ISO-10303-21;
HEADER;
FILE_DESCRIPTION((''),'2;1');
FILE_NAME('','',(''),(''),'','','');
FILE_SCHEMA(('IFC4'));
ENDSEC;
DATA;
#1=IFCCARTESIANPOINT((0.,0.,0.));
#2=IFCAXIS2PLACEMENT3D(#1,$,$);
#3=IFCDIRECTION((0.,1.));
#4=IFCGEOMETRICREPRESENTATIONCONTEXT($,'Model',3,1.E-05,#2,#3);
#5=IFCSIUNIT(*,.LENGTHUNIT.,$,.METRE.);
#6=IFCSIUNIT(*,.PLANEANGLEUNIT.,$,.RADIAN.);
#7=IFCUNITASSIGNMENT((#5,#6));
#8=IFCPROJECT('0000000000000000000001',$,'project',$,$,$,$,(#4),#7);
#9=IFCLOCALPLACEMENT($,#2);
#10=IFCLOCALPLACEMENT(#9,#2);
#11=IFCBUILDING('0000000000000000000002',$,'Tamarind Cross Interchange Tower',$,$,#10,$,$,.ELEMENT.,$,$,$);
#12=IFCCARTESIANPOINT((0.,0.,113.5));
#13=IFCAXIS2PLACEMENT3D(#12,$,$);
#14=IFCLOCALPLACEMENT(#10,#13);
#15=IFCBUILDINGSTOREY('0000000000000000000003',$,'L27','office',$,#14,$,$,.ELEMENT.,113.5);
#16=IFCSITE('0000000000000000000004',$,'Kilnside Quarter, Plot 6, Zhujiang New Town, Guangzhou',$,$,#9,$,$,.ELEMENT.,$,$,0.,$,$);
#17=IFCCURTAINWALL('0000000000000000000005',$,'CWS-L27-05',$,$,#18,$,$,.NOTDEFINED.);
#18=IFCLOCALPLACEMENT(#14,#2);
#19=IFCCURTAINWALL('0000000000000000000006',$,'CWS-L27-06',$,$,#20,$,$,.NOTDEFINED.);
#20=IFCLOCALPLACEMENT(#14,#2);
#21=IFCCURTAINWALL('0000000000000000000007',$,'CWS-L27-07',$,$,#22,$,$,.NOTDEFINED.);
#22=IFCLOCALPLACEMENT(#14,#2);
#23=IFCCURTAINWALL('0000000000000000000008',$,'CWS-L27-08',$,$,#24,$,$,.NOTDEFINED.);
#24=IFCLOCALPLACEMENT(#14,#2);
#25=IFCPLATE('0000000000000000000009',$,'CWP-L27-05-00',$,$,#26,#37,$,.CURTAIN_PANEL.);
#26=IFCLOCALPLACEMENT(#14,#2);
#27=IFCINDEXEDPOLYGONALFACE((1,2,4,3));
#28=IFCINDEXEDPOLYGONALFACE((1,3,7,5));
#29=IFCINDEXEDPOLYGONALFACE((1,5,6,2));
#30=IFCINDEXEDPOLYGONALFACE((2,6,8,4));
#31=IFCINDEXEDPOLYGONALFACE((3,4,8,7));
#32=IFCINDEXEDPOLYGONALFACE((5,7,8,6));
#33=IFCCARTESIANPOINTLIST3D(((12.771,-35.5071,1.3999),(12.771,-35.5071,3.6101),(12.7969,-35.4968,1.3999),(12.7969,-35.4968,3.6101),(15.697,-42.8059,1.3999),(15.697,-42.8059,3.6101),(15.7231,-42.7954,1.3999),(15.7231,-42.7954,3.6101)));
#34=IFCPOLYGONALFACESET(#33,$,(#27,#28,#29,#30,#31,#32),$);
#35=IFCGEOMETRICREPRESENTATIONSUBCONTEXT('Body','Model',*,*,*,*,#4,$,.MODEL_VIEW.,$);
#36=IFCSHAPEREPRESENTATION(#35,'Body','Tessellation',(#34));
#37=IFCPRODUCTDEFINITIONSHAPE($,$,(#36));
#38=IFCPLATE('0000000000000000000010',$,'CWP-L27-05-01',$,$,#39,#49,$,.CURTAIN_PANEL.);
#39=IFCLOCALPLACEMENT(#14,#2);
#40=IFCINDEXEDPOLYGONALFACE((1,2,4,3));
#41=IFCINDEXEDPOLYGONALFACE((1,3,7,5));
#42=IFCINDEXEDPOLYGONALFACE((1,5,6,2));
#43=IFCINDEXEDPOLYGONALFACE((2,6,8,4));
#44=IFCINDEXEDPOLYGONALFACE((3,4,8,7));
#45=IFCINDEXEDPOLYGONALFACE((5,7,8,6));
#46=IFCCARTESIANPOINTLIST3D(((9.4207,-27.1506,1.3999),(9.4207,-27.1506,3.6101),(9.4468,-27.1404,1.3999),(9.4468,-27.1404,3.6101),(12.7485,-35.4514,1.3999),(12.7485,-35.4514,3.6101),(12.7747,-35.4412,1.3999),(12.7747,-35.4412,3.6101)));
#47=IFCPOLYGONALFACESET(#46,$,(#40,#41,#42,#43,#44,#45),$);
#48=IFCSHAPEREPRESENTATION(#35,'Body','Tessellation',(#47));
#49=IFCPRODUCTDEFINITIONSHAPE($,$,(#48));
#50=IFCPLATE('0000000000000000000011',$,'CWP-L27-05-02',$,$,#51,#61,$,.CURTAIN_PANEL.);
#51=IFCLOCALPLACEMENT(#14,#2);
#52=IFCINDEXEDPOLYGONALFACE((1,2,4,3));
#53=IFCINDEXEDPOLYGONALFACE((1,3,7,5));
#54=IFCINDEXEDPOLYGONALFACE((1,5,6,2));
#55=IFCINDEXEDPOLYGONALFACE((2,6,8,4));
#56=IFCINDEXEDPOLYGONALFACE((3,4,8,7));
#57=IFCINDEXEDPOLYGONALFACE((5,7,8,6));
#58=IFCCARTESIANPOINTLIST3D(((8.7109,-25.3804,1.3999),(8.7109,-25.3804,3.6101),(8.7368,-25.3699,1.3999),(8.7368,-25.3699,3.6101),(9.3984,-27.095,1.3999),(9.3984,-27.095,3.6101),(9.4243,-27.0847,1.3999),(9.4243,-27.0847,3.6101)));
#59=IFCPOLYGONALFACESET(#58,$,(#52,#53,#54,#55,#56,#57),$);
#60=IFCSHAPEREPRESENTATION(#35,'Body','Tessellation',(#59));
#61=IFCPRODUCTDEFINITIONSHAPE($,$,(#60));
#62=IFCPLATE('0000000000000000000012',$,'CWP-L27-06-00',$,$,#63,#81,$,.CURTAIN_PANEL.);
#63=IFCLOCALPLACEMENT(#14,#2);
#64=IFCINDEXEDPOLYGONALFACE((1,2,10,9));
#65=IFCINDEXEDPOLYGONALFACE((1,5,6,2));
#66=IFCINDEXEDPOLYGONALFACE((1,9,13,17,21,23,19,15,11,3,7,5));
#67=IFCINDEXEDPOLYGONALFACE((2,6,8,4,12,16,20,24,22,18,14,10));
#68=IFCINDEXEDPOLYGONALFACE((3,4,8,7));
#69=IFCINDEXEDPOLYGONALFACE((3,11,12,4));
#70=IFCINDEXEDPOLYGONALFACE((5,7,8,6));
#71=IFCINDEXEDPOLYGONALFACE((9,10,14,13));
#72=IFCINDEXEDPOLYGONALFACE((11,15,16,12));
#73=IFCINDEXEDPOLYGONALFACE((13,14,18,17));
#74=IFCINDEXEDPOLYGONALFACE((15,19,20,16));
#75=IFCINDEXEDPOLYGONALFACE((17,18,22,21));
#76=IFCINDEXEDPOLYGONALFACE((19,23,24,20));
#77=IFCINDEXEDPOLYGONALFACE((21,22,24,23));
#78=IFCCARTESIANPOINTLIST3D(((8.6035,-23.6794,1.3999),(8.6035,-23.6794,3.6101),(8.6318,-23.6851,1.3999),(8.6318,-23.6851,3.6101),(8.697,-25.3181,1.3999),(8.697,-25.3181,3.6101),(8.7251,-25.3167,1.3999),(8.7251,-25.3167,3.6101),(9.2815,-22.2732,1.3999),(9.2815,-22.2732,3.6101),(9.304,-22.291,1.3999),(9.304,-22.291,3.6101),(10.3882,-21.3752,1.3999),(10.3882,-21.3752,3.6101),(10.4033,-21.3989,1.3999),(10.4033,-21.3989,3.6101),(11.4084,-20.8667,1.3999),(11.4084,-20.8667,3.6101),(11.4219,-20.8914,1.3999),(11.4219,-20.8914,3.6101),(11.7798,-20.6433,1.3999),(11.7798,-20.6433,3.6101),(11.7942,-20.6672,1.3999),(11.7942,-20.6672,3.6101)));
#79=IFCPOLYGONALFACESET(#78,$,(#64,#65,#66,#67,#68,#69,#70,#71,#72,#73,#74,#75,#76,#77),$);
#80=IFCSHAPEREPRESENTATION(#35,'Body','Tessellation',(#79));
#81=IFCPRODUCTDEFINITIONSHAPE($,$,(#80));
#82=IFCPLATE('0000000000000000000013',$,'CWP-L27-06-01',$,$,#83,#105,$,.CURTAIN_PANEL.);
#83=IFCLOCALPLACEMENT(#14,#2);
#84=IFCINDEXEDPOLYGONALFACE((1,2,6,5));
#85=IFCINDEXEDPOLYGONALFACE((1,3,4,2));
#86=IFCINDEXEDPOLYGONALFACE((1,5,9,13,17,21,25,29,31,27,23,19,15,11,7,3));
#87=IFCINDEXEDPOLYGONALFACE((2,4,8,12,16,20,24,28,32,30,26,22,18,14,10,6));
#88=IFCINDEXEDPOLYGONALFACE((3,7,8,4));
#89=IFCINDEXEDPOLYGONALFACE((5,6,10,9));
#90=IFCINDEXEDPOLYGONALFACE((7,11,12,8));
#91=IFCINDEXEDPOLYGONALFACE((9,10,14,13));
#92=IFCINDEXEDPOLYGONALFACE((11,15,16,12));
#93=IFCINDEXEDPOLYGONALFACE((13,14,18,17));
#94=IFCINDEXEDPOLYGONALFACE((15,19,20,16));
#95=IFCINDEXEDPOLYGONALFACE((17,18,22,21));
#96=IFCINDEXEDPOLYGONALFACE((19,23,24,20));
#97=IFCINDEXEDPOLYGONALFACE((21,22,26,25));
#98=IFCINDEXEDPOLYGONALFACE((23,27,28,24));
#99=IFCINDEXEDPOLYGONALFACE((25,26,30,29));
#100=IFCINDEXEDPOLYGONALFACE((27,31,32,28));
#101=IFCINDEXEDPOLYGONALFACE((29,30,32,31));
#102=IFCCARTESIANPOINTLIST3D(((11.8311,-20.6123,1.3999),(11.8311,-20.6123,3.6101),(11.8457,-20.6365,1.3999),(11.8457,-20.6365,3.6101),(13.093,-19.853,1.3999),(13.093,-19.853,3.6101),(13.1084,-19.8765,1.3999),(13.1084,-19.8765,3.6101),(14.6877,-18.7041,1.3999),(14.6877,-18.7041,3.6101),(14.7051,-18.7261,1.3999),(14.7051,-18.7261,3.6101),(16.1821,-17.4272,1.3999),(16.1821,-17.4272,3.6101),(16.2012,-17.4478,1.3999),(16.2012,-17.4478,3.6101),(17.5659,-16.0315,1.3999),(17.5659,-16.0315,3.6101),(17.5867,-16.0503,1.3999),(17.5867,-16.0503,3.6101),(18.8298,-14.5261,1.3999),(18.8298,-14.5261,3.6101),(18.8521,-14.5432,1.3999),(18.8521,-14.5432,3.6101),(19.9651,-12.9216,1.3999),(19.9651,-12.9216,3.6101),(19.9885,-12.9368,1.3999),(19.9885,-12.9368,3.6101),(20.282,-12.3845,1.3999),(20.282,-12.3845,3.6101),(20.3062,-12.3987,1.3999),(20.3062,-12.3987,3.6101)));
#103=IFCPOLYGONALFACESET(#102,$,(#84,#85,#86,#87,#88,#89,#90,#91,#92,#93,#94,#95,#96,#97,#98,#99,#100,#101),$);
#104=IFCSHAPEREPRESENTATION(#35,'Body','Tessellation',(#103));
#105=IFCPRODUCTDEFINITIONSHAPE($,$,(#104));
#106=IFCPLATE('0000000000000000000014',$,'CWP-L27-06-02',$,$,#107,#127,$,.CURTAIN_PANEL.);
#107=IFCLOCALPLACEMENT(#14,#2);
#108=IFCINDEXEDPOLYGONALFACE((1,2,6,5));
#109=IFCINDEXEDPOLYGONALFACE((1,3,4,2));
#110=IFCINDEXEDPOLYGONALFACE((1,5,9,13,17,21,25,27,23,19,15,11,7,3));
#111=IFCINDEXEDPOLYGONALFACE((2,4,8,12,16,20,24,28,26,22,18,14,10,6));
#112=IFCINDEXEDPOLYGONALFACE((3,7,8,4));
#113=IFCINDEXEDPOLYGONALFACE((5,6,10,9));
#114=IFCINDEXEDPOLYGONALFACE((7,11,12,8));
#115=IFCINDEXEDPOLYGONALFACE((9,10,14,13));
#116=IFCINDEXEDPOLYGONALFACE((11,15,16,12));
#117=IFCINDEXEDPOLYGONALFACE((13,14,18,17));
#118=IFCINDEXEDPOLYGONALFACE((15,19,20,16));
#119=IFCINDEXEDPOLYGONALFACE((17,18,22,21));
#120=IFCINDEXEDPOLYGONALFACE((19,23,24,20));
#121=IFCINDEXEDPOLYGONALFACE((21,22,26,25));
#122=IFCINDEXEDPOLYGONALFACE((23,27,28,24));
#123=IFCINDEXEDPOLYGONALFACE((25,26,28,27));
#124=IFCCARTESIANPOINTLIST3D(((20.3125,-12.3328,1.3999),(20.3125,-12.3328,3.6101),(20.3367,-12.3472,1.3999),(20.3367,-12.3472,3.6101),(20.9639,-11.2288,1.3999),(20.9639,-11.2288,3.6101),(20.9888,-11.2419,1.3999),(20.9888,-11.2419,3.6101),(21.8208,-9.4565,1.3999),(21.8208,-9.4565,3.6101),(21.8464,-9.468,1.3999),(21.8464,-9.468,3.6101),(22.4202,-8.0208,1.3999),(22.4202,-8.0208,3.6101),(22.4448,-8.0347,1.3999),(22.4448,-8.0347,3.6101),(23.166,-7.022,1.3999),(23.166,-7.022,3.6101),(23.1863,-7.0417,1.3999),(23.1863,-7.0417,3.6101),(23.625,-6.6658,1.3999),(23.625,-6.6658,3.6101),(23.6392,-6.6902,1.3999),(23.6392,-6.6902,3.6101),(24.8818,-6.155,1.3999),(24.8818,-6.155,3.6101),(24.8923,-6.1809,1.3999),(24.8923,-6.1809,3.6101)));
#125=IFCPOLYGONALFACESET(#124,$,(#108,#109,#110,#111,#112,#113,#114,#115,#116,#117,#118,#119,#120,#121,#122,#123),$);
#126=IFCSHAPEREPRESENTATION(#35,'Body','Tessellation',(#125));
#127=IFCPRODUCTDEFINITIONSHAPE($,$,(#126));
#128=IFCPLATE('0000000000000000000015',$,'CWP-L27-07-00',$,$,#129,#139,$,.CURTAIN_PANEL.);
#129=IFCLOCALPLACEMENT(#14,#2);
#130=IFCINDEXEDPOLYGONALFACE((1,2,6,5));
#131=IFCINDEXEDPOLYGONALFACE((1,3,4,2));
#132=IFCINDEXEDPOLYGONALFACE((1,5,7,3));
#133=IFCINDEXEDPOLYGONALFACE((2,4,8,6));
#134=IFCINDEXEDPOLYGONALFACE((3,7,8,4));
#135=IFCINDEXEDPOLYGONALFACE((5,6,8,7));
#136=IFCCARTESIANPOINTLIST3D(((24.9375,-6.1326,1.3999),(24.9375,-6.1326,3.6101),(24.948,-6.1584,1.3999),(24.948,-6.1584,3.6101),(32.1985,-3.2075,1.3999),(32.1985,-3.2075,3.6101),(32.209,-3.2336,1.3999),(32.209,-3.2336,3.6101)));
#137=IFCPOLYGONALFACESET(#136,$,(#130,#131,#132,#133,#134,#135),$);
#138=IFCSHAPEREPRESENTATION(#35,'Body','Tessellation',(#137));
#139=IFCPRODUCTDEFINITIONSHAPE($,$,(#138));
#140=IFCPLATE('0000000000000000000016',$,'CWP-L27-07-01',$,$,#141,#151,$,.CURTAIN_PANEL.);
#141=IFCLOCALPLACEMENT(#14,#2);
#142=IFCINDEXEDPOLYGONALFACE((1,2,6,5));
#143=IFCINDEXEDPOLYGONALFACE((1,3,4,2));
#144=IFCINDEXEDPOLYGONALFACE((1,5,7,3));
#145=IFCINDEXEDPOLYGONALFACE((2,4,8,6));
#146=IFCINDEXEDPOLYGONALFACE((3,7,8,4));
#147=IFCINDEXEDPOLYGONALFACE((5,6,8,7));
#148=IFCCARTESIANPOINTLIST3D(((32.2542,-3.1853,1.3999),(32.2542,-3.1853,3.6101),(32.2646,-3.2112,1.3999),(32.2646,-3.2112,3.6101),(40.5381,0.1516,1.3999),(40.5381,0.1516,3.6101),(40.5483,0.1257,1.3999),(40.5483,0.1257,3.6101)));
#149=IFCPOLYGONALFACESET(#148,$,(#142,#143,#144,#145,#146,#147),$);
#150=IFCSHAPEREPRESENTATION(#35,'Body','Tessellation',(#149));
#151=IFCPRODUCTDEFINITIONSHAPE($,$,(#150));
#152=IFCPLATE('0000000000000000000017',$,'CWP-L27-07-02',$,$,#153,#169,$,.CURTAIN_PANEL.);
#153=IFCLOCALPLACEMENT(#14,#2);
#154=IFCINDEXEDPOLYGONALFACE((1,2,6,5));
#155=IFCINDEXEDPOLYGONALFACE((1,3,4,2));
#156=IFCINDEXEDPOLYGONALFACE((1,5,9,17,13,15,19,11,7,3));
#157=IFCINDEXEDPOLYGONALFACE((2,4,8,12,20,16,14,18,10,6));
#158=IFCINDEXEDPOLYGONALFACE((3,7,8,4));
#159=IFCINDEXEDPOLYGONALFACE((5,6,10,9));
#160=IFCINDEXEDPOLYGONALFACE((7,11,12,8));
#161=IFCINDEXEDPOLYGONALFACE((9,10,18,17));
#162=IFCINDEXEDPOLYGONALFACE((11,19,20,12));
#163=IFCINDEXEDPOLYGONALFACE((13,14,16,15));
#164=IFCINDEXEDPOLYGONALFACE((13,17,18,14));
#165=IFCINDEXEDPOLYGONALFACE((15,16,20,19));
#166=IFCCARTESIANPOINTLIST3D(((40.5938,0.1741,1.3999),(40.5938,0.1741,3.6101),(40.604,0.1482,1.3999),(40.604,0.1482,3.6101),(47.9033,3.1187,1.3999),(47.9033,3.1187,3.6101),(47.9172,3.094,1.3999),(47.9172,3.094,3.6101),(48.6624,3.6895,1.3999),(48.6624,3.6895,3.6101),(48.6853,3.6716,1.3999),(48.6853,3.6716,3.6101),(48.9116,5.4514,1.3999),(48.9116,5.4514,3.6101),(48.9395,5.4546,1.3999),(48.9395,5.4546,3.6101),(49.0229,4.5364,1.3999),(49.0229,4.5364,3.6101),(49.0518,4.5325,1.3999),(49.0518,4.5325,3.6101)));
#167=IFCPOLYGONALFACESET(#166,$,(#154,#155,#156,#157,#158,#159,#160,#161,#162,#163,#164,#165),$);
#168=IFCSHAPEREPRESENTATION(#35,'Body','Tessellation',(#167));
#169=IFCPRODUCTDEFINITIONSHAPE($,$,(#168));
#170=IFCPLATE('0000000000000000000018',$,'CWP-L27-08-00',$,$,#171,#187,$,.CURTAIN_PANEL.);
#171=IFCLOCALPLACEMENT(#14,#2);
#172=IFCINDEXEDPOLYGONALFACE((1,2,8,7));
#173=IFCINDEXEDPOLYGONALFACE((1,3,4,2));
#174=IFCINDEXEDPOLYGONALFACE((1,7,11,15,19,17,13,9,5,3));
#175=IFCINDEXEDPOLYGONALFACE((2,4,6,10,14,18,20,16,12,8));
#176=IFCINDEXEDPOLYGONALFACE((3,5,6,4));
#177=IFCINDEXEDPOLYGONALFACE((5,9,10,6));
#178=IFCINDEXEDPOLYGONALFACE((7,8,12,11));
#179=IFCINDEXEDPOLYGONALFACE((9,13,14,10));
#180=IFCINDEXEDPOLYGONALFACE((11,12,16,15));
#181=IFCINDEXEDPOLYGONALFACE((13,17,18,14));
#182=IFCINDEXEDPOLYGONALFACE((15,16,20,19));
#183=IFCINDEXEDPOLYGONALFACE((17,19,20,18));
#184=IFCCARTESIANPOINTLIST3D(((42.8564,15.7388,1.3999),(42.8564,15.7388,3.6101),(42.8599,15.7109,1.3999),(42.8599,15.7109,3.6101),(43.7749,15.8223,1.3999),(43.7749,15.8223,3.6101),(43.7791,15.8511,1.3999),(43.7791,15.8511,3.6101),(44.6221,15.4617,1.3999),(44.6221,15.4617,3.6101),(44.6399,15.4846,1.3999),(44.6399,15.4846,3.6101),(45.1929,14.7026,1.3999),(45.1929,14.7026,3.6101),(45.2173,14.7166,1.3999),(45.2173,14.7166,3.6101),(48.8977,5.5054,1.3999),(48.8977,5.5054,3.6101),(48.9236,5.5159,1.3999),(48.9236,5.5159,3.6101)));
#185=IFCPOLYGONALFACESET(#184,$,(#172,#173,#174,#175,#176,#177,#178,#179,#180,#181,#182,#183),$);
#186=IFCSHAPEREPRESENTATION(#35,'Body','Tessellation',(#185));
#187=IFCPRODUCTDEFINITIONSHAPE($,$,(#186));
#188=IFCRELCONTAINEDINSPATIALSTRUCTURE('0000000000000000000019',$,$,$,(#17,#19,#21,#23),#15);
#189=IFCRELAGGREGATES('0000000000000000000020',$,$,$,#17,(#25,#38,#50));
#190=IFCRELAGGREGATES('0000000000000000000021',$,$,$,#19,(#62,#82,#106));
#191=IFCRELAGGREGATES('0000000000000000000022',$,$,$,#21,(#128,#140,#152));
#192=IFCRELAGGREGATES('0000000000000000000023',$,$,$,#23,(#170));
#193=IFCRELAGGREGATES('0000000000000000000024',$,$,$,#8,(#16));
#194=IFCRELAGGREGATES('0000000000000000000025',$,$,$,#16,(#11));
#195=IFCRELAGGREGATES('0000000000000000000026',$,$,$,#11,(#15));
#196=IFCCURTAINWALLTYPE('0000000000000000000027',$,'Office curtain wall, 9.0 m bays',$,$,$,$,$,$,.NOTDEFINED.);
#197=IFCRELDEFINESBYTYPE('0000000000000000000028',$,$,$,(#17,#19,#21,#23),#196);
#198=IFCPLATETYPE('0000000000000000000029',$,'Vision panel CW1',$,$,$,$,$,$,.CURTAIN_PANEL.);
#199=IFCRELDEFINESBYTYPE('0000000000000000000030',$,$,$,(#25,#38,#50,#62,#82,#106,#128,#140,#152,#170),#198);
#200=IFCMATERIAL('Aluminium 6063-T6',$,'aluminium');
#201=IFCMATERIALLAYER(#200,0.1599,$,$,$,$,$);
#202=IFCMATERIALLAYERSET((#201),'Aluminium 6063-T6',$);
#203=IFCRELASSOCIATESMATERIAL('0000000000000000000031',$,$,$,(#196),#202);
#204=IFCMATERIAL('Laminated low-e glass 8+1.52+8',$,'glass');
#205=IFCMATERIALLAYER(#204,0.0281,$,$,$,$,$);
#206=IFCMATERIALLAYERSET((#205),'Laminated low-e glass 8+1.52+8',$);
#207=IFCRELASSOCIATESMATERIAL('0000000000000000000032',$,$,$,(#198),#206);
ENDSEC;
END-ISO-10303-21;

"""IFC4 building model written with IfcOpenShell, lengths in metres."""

from ifc_helpers import new_model, si_unit, direction, frame, origin, place, context, subcontext, project, spatial, polyline, outline, extrude, material, layer, layer_set, type_object, element, aggregate, save


model = new_model("IFC4")

# Units and contexts
model_context = context("Model", 3, precision=1e-05, world=origin(), true_north=direction((0.0, 1.0)))
body_context = subcontext(model_context, "Body", "Model", "MODEL_VIEW")
ifc_project = project(units=[si_unit("LENGTHUNIT", "METRE"), si_unit("PLANEANGLEUNIT", "RADIAN")], contexts=[model_context])

# Site, building, storey
site_placement = place(None, origin())
site = spatial("IfcSite", under=ifc_project, at=site_placement, Name="Kilnside Quarter, Plot 6, Zhujiang New Town, Guangzhou", CompositionType="ELEMENT", RefElevation=0.0)
building_placement = place(site_placement, origin())
building = spatial("IfcBuilding", under=site, at=building_placement, Name="Tamarind Cross Interchange Tower", CompositionType="ELEMENT")
storey_placement = place(building_placement, frame((0.0, 0.0, 113.5)))
storey = spatial("IfcBuildingStorey", under=building, at=storey_placement, Name="L27", Description="office", CompositionType="ELEMENT", Elevation=113.5)

# Curtain walls
ifc_material_1 = material(Name="Aluminium 6063-T6", Category="aluminium")
ifc_layer_1 = layer(ifc_material_1, 0.1599)
ifc_layer_set_1 = layer_set([ifc_layer_1], Name="Aluminium 6063-T6")
curtain_wall_type = type_object("IfcCurtainWallType", Name="Office curtain wall, 9.0 m bays", PredefinedType="NOTDEFINED", material=ifc_layer_set_1)
curtain_wall_1_placement = place(storey_placement, origin())
curtain_wall_1 = element("IfcCurtainWall", 1, at=curtain_wall_1_placement, inside=storey, type_object=curtain_wall_type, Name="CWS-L27-05", PredefinedType="NOTDEFINED")
curtain_wall_2_placement = place(storey_placement, origin())
curtain_wall_2 = element("IfcCurtainWall", 2, at=curtain_wall_2_placement, inside=storey, type_object=curtain_wall_type, Name="CWS-L27-06", PredefinedType="NOTDEFINED")
curtain_wall_3_placement = place(storey_placement, origin())
curtain_wall_3 = element("IfcCurtainWall", 3, at=curtain_wall_3_placement, inside=storey, type_object=curtain_wall_type, Name="CWS-L27-07", PredefinedType="NOTDEFINED")
curtain_wall_4_placement = place(storey_placement, origin())
curtain_wall_4 = element("IfcCurtainWall", 4, at=curtain_wall_4_placement, inside=storey, type_object=curtain_wall_type, Name="CWS-L27-08", PredefinedType="NOTDEFINED")

# Plates
ifc_material_2 = material(Name="Laminated low-e glass 8+1.52+8", Category="glass")
ifc_layer_2 = layer(ifc_material_2, 0.0281)
ifc_layer_set_2 = layer_set([ifc_layer_2], Name="Laminated low-e glass 8+1.52+8")
plate_type = type_object("IfcPlateType", Name="Vision panel CW1", PredefinedType="CURTAIN_PANEL", material=ifc_layer_set_2)
plate_1_placement = place(storey_placement, frame((0.0, 0.0, 1.3999)))
plate_1 = element("IfcPlate", 5, at=plate_1_placement, type_object=plate_type, Name="CWP-L27-05-00", PredefinedType="CURTAIN_PANEL", context=body_context, shape_type="SweptSolid", body=[
    extrude(outline(polyline([(15.697, -42.8059), (12.771, -35.5071), (12.7969, -35.4968), (15.7231, -42.7954), (15.697, -42.8059)])), origin(), (0.0, 0.0, 1.0), 2.2102),
])
plate_2_placement = place(storey_placement, frame((0.0, 0.0, 1.3999)))
plate_2 = element("IfcPlate", 6, at=plate_2_placement, type_object=plate_type, Name="CWP-L27-05-01", PredefinedType="CURTAIN_PANEL", context=body_context, shape_type="SweptSolid", body=[
    extrude(outline(polyline([(12.7485, -35.4514), (9.4207, -27.1506), (9.4468, -27.1404), (12.7747, -35.4412), (12.7485, -35.4514)])), origin(), (0.0, 0.0, 1.0), 2.2102),
])
plate_3_placement = place(storey_placement, frame((0.0, 0.0, 1.3999)))
plate_3 = element("IfcPlate", 7, at=plate_3_placement, type_object=plate_type, Name="CWP-L27-05-02", PredefinedType="CURTAIN_PANEL", context=body_context, shape_type="SweptSolid", body=[
    extrude(outline(polyline([(9.3984, -27.095), (8.7109, -25.3804), (8.7368, -25.3699), (9.4243, -27.0847), (9.3984, -27.095)])), origin(), (0.0, 0.0, 1.0), 2.2102),
])
aggregate(curtain_wall_1, [plate_1, plate_2, plate_3])
plate_4_placement = place(storey_placement, frame((0.0, 0.0, 1.3999)))
plate_4 = element("IfcPlate", 8, at=plate_4_placement, type_object=plate_type, Name="CWP-L27-06-00", PredefinedType="CURTAIN_PANEL", context=body_context, shape_type="SweptSolid", body=[
    extrude(outline(polyline([(8.697, -25.3181), (8.6035, -23.6794), (9.2815, -22.2732), (10.3882, -21.3752), (11.4084, -20.8667), (11.7798, -20.6433), (11.7942, -20.6672), (11.4219, -20.8914), (10.4033, -21.3989), (9.304, -22.291), (8.6318, -23.6851), (8.7251, -25.3167), (8.697, -25.3181)])), origin(), (0.0, 0.0, 1.0), 2.2102),
])
plate_5_placement = place(storey_placement, frame((0.0, 0.0, 1.3999)))
plate_5 = element("IfcPlate", 9, at=plate_5_placement, type_object=plate_type, Name="CWP-L27-06-01", PredefinedType="CURTAIN_PANEL", context=body_context, shape_type="SweptSolid", body=[
    extrude(outline(polyline([(11.8311, -20.6123), (13.093, -19.853), (14.6877, -18.7041), (16.1821, -17.4272), (17.5659, -16.0315), (18.8298, -14.5261), (19.9651, -12.9216), (20.282, -12.3845), (20.3062, -12.3987), (19.9885, -12.9368), (18.8521, -14.5432), (17.5867, -16.0503), (16.2012, -17.4478), (14.7051, -18.7261), (13.1084, -19.8765), (11.8457, -20.6365), (11.8311, -20.6123)])), origin(), (0.0, 0.0, 1.0), 2.2102),
])
plate_6_placement = place(storey_placement, frame((0.0, 0.0, 1.3999)))
plate_6 = element("IfcPlate", 10, at=plate_6_placement, type_object=plate_type, Name="CWP-L27-06-02", PredefinedType="CURTAIN_PANEL", context=body_context, shape_type="SweptSolid", body=[
    extrude(outline(polyline([(20.3125, -12.3328), (20.9639, -11.2288), (21.8208, -9.4565), (22.4202, -8.0208), (23.166, -7.022), (23.625, -6.6658), (24.8818, -6.155), (24.8923, -6.1809), (23.6392, -6.6902), (23.1863, -7.0417), (22.4448, -8.0347), (21.8464, -9.468), (20.9888, -11.2419), (20.3367, -12.3472), (20.3125, -12.3328)])), origin(), (0.0, 0.0, 1.0), 2.2102),
])
aggregate(curtain_wall_2, [plate_4, plate_5, plate_6])
plate_7_placement = place(storey_placement, frame((0.0, 0.0, 1.3999)))
plate_7 = element("IfcPlate", 11, at=plate_7_placement, type_object=plate_type, Name="CWP-L27-07-00", PredefinedType="CURTAIN_PANEL", context=body_context, shape_type="SweptSolid", body=[
    extrude(outline(polyline([(24.9375, -6.1326), (32.1985, -3.2075), (32.209, -3.2336), (24.948, -6.1584), (24.9375, -6.1326)])), origin(), (0.0, 0.0, 1.0), 2.2102),
])
plate_8_placement = place(storey_placement, frame((0.0, 0.0, 1.3999)))
plate_8 = element("IfcPlate", 12, at=plate_8_placement, type_object=plate_type, Name="CWP-L27-07-01", PredefinedType="CURTAIN_PANEL", context=body_context, shape_type="SweptSolid", body=[
    extrude(outline(polyline([(32.2542, -3.1853), (40.5381, 0.1516), (40.5483, 0.1257), (32.2646, -3.2112), (32.2542, -3.1853)])), origin(), (0.0, 0.0, 1.0), 2.2102),
])
plate_9_placement = place(storey_placement, frame((0.0, 0.0, 1.3999)))
plate_9 = element("IfcPlate", 13, at=plate_9_placement, type_object=plate_type, Name="CWP-L27-07-02", PredefinedType="CURTAIN_PANEL", context=body_context, shape_type="SweptSolid", body=[
    extrude(outline(polyline([(40.5938, 0.1741), (47.9033, 3.1187), (48.6624, 3.6895), (49.0229, 4.5364), (48.9116, 5.4514), (48.9395, 5.4546), (49.0518, 4.5325), (48.6853, 3.6716), (47.9172, 3.094), (40.604, 0.1482), (40.5938, 0.1741)])), origin(), (0.0, 0.0, 1.0), 2.2102),
])
aggregate(curtain_wall_3, [plate_7, plate_8, plate_9])
plate_10_placement = place(storey_placement, frame((0.0, 0.0, 1.3999)))
plate_10 = element("IfcPlate", 14, at=plate_10_placement, type_object=plate_type, Name="CWP-L27-08-00", PredefinedType="CURTAIN_PANEL", context=body_context, shape_type="SweptSolid", body=[
    extrude(outline(polyline([(48.8977, 5.5054), (45.1929, 14.7026), (44.6221, 15.4617), (43.7749, 15.8223), (42.8599, 15.7109), (42.8564, 15.7388), (43.7791, 15.8511), (44.6399, 15.4846), (45.2173, 14.7166), (48.9236, 5.5159), (48.8977, 5.5054)])), origin(), (0.0, 0.0, 1.0), 2.2102),
])
aggregate(curtain_wall_4, [plate_10])

save(model, "model.ifc")
